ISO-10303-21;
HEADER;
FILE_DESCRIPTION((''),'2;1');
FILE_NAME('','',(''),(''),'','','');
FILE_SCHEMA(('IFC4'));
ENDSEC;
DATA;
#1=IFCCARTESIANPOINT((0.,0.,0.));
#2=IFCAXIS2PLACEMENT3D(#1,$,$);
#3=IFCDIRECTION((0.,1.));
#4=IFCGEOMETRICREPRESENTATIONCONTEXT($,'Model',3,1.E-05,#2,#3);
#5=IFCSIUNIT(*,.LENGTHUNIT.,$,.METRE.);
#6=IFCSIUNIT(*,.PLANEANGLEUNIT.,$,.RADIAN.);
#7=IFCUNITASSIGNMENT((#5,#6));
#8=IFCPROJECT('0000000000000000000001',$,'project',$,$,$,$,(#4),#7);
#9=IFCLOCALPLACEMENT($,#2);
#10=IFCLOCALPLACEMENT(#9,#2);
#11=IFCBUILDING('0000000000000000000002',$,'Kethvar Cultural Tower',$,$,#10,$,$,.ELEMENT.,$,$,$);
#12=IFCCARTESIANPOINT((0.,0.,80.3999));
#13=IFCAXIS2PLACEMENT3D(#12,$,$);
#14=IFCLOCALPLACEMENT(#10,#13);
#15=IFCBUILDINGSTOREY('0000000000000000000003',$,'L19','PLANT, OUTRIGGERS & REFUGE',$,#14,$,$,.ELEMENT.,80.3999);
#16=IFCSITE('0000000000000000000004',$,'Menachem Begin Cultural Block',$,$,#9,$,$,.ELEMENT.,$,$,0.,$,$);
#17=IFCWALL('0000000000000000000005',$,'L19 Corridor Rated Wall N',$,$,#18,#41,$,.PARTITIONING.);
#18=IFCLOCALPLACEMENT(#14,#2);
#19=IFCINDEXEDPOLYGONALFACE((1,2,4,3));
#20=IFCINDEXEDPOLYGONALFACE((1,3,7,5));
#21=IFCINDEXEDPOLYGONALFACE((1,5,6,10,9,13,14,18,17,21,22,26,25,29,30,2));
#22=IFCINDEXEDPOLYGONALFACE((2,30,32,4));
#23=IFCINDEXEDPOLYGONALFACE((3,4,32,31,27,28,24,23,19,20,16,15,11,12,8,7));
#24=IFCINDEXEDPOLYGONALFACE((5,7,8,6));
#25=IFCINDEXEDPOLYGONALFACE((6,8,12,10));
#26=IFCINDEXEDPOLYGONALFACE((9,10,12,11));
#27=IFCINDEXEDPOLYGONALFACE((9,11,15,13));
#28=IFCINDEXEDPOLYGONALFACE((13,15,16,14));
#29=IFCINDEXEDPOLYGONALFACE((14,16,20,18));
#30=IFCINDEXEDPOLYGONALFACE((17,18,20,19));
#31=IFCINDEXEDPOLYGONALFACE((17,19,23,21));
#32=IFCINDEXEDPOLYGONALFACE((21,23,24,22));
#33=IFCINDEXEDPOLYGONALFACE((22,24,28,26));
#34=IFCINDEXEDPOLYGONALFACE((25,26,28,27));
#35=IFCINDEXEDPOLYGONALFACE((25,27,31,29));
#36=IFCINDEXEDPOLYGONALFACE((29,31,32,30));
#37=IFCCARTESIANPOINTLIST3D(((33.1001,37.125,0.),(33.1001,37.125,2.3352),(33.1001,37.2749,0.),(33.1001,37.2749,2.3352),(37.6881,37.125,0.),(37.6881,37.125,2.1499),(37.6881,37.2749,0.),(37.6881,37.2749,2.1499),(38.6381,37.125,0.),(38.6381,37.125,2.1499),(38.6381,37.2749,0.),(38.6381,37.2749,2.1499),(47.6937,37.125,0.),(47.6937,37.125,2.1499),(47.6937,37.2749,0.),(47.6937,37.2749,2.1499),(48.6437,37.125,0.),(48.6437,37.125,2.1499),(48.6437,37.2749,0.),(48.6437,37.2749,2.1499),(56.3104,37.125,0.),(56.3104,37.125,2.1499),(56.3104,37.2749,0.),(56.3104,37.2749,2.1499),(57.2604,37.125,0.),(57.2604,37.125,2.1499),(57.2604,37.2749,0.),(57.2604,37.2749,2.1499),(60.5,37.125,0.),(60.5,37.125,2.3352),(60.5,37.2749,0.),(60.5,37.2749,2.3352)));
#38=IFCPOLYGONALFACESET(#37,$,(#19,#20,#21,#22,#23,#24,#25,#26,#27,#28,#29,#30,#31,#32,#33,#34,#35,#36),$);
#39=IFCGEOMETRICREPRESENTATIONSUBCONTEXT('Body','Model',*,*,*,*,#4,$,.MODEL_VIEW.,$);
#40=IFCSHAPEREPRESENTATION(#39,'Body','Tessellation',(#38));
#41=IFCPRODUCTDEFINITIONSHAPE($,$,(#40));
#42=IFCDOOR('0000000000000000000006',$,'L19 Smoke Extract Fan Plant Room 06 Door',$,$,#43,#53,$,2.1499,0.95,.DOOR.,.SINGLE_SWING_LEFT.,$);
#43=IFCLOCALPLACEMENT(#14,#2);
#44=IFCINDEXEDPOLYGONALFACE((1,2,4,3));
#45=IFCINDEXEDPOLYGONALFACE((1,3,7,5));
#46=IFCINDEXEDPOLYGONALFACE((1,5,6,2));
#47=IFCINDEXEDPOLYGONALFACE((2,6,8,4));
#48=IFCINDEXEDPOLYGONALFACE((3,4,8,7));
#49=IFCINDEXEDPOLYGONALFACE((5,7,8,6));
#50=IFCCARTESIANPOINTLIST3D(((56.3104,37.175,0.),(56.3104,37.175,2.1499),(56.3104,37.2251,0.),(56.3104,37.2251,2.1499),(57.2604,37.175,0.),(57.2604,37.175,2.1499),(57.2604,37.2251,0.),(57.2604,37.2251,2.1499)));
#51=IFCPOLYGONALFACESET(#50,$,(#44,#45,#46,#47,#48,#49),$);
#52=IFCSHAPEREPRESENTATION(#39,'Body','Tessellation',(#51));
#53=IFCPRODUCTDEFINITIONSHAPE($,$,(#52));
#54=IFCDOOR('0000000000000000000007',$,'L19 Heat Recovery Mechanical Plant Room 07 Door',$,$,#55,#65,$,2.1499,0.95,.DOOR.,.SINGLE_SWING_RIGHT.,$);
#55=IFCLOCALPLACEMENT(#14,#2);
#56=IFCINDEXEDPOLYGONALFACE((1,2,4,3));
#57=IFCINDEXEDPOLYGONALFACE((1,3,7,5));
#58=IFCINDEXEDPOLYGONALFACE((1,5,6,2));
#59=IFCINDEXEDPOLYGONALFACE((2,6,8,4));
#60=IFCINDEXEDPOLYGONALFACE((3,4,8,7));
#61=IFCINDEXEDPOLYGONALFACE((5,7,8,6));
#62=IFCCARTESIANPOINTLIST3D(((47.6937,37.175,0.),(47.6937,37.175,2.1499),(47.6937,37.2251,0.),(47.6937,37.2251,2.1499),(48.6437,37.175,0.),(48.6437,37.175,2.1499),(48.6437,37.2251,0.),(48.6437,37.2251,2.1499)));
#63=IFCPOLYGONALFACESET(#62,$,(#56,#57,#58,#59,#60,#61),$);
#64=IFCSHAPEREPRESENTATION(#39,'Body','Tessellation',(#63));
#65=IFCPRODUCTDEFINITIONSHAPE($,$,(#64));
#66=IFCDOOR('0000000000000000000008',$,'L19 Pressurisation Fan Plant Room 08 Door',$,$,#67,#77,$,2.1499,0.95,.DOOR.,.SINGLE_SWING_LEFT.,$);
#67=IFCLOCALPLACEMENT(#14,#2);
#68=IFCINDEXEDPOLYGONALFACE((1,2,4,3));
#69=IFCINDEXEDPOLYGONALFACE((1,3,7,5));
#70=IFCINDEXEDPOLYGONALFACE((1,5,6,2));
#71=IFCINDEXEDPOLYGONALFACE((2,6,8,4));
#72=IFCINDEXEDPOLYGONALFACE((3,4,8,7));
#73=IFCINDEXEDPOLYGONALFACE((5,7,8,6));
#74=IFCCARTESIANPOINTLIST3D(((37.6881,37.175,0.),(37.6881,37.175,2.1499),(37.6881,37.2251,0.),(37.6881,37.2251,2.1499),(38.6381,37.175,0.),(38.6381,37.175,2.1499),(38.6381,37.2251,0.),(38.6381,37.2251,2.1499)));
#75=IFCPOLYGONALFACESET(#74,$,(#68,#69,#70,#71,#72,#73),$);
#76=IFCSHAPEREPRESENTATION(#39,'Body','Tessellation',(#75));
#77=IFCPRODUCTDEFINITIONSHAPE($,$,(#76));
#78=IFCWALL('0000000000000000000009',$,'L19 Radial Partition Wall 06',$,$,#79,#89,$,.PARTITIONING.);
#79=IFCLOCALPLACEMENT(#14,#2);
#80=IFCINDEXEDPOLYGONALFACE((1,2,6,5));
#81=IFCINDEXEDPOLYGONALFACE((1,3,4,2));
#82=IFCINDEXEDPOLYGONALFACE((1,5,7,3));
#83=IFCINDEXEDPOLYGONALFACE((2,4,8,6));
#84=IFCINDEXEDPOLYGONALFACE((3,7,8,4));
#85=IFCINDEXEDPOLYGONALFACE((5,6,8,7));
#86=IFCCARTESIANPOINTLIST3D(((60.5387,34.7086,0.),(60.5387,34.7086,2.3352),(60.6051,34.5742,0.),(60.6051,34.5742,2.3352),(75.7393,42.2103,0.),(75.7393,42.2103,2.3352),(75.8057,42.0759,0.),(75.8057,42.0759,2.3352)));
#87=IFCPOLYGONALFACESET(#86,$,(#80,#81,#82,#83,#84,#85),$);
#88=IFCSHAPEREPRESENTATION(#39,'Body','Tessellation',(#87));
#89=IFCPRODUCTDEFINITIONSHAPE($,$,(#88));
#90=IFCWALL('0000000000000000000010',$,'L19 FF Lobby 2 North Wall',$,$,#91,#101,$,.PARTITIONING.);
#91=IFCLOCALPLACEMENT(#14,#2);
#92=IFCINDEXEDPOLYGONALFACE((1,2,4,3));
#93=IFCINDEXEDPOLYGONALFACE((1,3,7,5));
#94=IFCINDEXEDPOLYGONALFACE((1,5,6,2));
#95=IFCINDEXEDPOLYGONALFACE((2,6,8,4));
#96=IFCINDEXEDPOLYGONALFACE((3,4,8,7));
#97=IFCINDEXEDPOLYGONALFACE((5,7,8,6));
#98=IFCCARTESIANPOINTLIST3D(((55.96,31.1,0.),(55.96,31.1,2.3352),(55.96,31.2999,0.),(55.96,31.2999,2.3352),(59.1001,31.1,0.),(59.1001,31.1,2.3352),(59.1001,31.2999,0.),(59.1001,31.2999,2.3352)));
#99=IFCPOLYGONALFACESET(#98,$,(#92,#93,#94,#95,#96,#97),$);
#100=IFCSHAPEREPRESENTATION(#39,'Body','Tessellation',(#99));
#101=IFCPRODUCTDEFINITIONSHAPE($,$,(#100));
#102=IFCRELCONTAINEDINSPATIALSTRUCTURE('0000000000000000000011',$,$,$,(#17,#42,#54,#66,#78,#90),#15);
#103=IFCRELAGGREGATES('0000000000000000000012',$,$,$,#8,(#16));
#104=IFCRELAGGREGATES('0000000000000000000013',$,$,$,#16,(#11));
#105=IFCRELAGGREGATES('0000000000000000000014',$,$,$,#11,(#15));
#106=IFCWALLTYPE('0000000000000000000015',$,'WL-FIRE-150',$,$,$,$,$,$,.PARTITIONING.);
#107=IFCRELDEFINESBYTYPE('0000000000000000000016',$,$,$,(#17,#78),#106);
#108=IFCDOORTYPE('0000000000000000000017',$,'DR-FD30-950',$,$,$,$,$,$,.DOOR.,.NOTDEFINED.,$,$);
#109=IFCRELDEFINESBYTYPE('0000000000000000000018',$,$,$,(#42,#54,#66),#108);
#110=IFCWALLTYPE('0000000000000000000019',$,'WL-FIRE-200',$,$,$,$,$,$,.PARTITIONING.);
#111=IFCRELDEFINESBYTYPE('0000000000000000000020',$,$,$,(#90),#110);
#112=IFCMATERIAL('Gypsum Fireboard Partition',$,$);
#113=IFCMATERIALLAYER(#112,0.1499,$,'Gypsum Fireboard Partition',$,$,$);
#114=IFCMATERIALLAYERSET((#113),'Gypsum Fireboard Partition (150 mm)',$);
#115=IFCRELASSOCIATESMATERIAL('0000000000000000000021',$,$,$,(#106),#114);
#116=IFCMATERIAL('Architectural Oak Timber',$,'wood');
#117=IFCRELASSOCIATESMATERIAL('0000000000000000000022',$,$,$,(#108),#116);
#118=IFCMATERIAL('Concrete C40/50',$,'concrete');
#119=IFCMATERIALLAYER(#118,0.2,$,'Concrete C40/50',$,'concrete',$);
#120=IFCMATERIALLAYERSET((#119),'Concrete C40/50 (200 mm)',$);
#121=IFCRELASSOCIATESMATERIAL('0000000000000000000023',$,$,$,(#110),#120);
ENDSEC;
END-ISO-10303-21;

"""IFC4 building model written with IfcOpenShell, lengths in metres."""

from ifc_helpers import new_model, si_unit, direction, frame, frame_2d, origin, place, context, subcontext, project, spatial, rectangle, extrude, source, transform, mapped, material, layer, layer_set, type_object, element, fill, save


model = new_model("IFC4")

# Units and contexts
model_context = context("Model", 3, precision=1e-05, world=origin(), true_north=direction((0.0, 1.0)))
body_context = subcontext(model_context, "Body", "Model", "MODEL_VIEW")
ifc_project = project(units=[si_unit("LENGTHUNIT", "METRE"), si_unit("PLANEANGLEUNIT", "RADIAN")], contexts=[model_context])

# Site, building, storey
site_placement = place(None, origin())
site = spatial("IfcSite", under=ifc_project, at=site_placement, Name="Menachem Begin Cultural Block", CompositionType="ELEMENT", RefElevation=0.0)
building_placement = place(site_placement, origin())
building = spatial("IfcBuilding", under=site, at=building_placement, Name="Kethvar Cultural Tower", CompositionType="ELEMENT")
storey_placement = place(building_placement, frame((0.0, 0.0, 80.3999)))
storey = spatial("IfcBuildingStorey", under=building, at=storey_placement, Name="L19", Description="PLANT, OUTRIGGERS & REFUGE", CompositionType="ELEMENT", Elevation=80.3999)

# Wall, openings, doors
ifc_material_1 = material(Name="Gypsum Fireboard Partition")
ifc_layer_1 = layer(ifc_material_1, 0.1499, Name="Gypsum Fireboard Partition")
ifc_layer_set_1 = layer_set([ifc_layer_1], Name="Gypsum Fireboard Partition (150 mm)")
wall_type_1 = type_object("IfcWallType", Name="WL-FIRE-150", PredefinedType="PARTITIONING", material=ifc_layer_set_1)
wall_1_placement = place(storey_placement, frame((60.5, 37.2, 0.0), z_axis=(0.0, 0.0, 1.0), x_axis=(-1.0, 0.0, 0.0)))
wall_1 = element("IfcWall", 1, at=wall_1_placement, inside=storey, type_object=wall_type_1, Name="L19 Corridor Rated Wall N", PredefinedType="PARTITIONING", context=body_context, shape_type="SweptSolid", body=[
    extrude(rectangle(XDim=27.3999, YDim=0.1499, at=frame_2d((13.7, 0.0))), origin(), (0.0, 0.0, 1.0), 2.3352),
])
opening_1_placement = place(wall_1_placement, frame((3.2395, 0.0, 0.0)))
opening_1 = element("IfcOpeningElement", 2, at=opening_1_placement, cuts=wall_1, PredefinedType="OPENING", context=body_context, shape_type="SweptSolid", body=[
    extrude(rectangle(XDim=0.95, YDim=2.1499, at=frame_2d((0.4751, 1.075))), frame((0.0, 0.085, 0.0), z_axis=(0.0, -1.0, 0.0), x_axis=(1.0, 0.0, 0.0)), (0.0, 0.0, 1.0), 0.1699),
])
opening_2_placement = place(wall_1_placement, frame((11.8562, 0.0, 0.0)))
opening_2 = element("IfcOpeningElement", 3, at=opening_2_placement, cuts=wall_1, PredefinedType="OPENING", context=body_context, shape_type="SweptSolid", body=[
    extrude(rectangle(XDim=0.95, YDim=2.1499, at=frame_2d((0.4751, 1.075))), frame((0.0, 0.085, 0.0), z_axis=(0.0, -1.0, 0.0), x_axis=(1.0, 0.0, 0.0)), (0.0, 0.0, 1.0), 0.1699),
])
opening_3_placement = place(wall_1_placement, frame((21.8618, 0.0, 0.0)))
opening_3 = element("IfcOpeningElement", 4, at=opening_3_placement, cuts=wall_1, PredefinedType="OPENING", context=body_context, shape_type="SweptSolid", body=[
    extrude(rectangle(XDim=0.95, YDim=2.1499, at=frame_2d((0.4751, 1.075))), frame((0.0, 0.085, 0.0), z_axis=(0.0, -1.0, 0.0), x_axis=(1.0, 0.0, 0.0)), (0.0, 0.0, 1.0), 0.1699),
])
ifc_material_2 = material(Name="Architectural Oak Timber", Category="wood")
door_type = type_object("IfcDoorType", Name="DR-FD30-950", OperationType="NOTDEFINED", PredefinedType="DOOR", material=ifc_material_2)
shared_shape_1 = source(origin(), body_context, "Body", "SweptSolid", [
    extrude(rectangle(XDim=0.95, YDim=2.1499, at=frame_2d((0.4751, 1.075))), frame((0.0, 0.0249, 0.0), z_axis=(0.0, -1.0, 0.0), x_axis=(1.0, 0.0, 0.0)), (0.0, 0.0, 1.0), 0.05),
])
door_1_placement = place(opening_1_placement, origin())
door_1 = element("IfcDoor", 5, at=door_1_placement, inside=storey, type_object=door_type, Name="L19 Smoke Extract Fan Plant Room 06 Door", OperationType="SINGLE_SWING_LEFT", OverallHeight=2.1499, OverallWidth=0.95, PredefinedType="DOOR", context=body_context, shape_type="MappedRepresentation", body=[
    mapped(shared_shape_1, transform((0.0, 0.0, 0.0), scale=1.0)),
])
fill(opening_1, door_1)
door_2_placement = place(opening_2_placement, origin())
door_2 = element("IfcDoor", 6, at=door_2_placement, inside=storey, type_object=door_type, Name="L19 Heat Recovery Mechanical Plant Room 07 Door", OperationType="SINGLE_SWING_RIGHT", OverallHeight=2.1499, OverallWidth=0.95, PredefinedType="DOOR", context=body_context, shape_type="MappedRepresentation", body=[
    mapped(shared_shape_1, transform((0.0, 0.0, 0.0), scale=1.0)),
])
fill(opening_2, door_2)
door_3_placement = place(opening_3_placement, origin())
door_3 = element("IfcDoor", 7, at=door_3_placement, inside=storey, type_object=door_type, Name="L19 Pressurisation Fan Plant Room 08 Door", OperationType="SINGLE_SWING_LEFT", OverallHeight=2.1499, OverallWidth=0.95, PredefinedType="DOOR", context=body_context, shape_type="MappedRepresentation", body=[
    mapped(shared_shape_1, transform((0.0, 0.0, 0.0), scale=1.0)),
])
fill(opening_3, door_3)

# Walls
wall_2_placement = place(storey_placement, frame((60.5718, 34.6414, 0.0), z_axis=(0.0, 0.0, 1.0), x_axis=(0.896743, 0.442553, 0.0)))
element("IfcWall", 8, at=wall_2_placement, inside=storey, type_object=wall_type_1, Name="L19 Radial Partition Wall 06", PredefinedType="PARTITIONING", context=body_context, shape_type="SweptSolid", body=[
    extrude(rectangle(XDim=16.9509, YDim=0.1499, at=frame_2d((8.4756, 0.0))), origin(), (0.0, 0.0, 1.0), 2.3352),
])
ifc_material_3 = material(Name="Concrete C40/50", Category="concrete")
ifc_layer_2 = layer(ifc_material_3, 0.2, Name="Concrete C40/50", Category="concrete")
ifc_layer_set_2 = layer_set([ifc_layer_2], Name="Concrete C40/50 (200 mm)")
wall_type_2 = type_object("IfcWallType", Name="WL-FIRE-200", PredefinedType="PARTITIONING", material=ifc_layer_set_2)
wall_3_placement = place(storey_placement, frame((55.96, 31.2, 0.0), z_axis=(0.0, 0.0, 1.0), x_axis=(1.0, 0.0, 0.0)))
element("IfcWall", 9, at=wall_3_placement, inside=storey, type_object=wall_type_2, Name="L19 FF Lobby 2 North Wall", PredefinedType="PARTITIONING", context=body_context, shape_type="SweptSolid", body=[
    extrude(rectangle(XDim=3.1401, YDim=0.2, at=frame_2d((1.5701, 0.0))), origin(), (0.0, 0.0, 1.0), 2.3352),
])

save(model, "model.ifc")
